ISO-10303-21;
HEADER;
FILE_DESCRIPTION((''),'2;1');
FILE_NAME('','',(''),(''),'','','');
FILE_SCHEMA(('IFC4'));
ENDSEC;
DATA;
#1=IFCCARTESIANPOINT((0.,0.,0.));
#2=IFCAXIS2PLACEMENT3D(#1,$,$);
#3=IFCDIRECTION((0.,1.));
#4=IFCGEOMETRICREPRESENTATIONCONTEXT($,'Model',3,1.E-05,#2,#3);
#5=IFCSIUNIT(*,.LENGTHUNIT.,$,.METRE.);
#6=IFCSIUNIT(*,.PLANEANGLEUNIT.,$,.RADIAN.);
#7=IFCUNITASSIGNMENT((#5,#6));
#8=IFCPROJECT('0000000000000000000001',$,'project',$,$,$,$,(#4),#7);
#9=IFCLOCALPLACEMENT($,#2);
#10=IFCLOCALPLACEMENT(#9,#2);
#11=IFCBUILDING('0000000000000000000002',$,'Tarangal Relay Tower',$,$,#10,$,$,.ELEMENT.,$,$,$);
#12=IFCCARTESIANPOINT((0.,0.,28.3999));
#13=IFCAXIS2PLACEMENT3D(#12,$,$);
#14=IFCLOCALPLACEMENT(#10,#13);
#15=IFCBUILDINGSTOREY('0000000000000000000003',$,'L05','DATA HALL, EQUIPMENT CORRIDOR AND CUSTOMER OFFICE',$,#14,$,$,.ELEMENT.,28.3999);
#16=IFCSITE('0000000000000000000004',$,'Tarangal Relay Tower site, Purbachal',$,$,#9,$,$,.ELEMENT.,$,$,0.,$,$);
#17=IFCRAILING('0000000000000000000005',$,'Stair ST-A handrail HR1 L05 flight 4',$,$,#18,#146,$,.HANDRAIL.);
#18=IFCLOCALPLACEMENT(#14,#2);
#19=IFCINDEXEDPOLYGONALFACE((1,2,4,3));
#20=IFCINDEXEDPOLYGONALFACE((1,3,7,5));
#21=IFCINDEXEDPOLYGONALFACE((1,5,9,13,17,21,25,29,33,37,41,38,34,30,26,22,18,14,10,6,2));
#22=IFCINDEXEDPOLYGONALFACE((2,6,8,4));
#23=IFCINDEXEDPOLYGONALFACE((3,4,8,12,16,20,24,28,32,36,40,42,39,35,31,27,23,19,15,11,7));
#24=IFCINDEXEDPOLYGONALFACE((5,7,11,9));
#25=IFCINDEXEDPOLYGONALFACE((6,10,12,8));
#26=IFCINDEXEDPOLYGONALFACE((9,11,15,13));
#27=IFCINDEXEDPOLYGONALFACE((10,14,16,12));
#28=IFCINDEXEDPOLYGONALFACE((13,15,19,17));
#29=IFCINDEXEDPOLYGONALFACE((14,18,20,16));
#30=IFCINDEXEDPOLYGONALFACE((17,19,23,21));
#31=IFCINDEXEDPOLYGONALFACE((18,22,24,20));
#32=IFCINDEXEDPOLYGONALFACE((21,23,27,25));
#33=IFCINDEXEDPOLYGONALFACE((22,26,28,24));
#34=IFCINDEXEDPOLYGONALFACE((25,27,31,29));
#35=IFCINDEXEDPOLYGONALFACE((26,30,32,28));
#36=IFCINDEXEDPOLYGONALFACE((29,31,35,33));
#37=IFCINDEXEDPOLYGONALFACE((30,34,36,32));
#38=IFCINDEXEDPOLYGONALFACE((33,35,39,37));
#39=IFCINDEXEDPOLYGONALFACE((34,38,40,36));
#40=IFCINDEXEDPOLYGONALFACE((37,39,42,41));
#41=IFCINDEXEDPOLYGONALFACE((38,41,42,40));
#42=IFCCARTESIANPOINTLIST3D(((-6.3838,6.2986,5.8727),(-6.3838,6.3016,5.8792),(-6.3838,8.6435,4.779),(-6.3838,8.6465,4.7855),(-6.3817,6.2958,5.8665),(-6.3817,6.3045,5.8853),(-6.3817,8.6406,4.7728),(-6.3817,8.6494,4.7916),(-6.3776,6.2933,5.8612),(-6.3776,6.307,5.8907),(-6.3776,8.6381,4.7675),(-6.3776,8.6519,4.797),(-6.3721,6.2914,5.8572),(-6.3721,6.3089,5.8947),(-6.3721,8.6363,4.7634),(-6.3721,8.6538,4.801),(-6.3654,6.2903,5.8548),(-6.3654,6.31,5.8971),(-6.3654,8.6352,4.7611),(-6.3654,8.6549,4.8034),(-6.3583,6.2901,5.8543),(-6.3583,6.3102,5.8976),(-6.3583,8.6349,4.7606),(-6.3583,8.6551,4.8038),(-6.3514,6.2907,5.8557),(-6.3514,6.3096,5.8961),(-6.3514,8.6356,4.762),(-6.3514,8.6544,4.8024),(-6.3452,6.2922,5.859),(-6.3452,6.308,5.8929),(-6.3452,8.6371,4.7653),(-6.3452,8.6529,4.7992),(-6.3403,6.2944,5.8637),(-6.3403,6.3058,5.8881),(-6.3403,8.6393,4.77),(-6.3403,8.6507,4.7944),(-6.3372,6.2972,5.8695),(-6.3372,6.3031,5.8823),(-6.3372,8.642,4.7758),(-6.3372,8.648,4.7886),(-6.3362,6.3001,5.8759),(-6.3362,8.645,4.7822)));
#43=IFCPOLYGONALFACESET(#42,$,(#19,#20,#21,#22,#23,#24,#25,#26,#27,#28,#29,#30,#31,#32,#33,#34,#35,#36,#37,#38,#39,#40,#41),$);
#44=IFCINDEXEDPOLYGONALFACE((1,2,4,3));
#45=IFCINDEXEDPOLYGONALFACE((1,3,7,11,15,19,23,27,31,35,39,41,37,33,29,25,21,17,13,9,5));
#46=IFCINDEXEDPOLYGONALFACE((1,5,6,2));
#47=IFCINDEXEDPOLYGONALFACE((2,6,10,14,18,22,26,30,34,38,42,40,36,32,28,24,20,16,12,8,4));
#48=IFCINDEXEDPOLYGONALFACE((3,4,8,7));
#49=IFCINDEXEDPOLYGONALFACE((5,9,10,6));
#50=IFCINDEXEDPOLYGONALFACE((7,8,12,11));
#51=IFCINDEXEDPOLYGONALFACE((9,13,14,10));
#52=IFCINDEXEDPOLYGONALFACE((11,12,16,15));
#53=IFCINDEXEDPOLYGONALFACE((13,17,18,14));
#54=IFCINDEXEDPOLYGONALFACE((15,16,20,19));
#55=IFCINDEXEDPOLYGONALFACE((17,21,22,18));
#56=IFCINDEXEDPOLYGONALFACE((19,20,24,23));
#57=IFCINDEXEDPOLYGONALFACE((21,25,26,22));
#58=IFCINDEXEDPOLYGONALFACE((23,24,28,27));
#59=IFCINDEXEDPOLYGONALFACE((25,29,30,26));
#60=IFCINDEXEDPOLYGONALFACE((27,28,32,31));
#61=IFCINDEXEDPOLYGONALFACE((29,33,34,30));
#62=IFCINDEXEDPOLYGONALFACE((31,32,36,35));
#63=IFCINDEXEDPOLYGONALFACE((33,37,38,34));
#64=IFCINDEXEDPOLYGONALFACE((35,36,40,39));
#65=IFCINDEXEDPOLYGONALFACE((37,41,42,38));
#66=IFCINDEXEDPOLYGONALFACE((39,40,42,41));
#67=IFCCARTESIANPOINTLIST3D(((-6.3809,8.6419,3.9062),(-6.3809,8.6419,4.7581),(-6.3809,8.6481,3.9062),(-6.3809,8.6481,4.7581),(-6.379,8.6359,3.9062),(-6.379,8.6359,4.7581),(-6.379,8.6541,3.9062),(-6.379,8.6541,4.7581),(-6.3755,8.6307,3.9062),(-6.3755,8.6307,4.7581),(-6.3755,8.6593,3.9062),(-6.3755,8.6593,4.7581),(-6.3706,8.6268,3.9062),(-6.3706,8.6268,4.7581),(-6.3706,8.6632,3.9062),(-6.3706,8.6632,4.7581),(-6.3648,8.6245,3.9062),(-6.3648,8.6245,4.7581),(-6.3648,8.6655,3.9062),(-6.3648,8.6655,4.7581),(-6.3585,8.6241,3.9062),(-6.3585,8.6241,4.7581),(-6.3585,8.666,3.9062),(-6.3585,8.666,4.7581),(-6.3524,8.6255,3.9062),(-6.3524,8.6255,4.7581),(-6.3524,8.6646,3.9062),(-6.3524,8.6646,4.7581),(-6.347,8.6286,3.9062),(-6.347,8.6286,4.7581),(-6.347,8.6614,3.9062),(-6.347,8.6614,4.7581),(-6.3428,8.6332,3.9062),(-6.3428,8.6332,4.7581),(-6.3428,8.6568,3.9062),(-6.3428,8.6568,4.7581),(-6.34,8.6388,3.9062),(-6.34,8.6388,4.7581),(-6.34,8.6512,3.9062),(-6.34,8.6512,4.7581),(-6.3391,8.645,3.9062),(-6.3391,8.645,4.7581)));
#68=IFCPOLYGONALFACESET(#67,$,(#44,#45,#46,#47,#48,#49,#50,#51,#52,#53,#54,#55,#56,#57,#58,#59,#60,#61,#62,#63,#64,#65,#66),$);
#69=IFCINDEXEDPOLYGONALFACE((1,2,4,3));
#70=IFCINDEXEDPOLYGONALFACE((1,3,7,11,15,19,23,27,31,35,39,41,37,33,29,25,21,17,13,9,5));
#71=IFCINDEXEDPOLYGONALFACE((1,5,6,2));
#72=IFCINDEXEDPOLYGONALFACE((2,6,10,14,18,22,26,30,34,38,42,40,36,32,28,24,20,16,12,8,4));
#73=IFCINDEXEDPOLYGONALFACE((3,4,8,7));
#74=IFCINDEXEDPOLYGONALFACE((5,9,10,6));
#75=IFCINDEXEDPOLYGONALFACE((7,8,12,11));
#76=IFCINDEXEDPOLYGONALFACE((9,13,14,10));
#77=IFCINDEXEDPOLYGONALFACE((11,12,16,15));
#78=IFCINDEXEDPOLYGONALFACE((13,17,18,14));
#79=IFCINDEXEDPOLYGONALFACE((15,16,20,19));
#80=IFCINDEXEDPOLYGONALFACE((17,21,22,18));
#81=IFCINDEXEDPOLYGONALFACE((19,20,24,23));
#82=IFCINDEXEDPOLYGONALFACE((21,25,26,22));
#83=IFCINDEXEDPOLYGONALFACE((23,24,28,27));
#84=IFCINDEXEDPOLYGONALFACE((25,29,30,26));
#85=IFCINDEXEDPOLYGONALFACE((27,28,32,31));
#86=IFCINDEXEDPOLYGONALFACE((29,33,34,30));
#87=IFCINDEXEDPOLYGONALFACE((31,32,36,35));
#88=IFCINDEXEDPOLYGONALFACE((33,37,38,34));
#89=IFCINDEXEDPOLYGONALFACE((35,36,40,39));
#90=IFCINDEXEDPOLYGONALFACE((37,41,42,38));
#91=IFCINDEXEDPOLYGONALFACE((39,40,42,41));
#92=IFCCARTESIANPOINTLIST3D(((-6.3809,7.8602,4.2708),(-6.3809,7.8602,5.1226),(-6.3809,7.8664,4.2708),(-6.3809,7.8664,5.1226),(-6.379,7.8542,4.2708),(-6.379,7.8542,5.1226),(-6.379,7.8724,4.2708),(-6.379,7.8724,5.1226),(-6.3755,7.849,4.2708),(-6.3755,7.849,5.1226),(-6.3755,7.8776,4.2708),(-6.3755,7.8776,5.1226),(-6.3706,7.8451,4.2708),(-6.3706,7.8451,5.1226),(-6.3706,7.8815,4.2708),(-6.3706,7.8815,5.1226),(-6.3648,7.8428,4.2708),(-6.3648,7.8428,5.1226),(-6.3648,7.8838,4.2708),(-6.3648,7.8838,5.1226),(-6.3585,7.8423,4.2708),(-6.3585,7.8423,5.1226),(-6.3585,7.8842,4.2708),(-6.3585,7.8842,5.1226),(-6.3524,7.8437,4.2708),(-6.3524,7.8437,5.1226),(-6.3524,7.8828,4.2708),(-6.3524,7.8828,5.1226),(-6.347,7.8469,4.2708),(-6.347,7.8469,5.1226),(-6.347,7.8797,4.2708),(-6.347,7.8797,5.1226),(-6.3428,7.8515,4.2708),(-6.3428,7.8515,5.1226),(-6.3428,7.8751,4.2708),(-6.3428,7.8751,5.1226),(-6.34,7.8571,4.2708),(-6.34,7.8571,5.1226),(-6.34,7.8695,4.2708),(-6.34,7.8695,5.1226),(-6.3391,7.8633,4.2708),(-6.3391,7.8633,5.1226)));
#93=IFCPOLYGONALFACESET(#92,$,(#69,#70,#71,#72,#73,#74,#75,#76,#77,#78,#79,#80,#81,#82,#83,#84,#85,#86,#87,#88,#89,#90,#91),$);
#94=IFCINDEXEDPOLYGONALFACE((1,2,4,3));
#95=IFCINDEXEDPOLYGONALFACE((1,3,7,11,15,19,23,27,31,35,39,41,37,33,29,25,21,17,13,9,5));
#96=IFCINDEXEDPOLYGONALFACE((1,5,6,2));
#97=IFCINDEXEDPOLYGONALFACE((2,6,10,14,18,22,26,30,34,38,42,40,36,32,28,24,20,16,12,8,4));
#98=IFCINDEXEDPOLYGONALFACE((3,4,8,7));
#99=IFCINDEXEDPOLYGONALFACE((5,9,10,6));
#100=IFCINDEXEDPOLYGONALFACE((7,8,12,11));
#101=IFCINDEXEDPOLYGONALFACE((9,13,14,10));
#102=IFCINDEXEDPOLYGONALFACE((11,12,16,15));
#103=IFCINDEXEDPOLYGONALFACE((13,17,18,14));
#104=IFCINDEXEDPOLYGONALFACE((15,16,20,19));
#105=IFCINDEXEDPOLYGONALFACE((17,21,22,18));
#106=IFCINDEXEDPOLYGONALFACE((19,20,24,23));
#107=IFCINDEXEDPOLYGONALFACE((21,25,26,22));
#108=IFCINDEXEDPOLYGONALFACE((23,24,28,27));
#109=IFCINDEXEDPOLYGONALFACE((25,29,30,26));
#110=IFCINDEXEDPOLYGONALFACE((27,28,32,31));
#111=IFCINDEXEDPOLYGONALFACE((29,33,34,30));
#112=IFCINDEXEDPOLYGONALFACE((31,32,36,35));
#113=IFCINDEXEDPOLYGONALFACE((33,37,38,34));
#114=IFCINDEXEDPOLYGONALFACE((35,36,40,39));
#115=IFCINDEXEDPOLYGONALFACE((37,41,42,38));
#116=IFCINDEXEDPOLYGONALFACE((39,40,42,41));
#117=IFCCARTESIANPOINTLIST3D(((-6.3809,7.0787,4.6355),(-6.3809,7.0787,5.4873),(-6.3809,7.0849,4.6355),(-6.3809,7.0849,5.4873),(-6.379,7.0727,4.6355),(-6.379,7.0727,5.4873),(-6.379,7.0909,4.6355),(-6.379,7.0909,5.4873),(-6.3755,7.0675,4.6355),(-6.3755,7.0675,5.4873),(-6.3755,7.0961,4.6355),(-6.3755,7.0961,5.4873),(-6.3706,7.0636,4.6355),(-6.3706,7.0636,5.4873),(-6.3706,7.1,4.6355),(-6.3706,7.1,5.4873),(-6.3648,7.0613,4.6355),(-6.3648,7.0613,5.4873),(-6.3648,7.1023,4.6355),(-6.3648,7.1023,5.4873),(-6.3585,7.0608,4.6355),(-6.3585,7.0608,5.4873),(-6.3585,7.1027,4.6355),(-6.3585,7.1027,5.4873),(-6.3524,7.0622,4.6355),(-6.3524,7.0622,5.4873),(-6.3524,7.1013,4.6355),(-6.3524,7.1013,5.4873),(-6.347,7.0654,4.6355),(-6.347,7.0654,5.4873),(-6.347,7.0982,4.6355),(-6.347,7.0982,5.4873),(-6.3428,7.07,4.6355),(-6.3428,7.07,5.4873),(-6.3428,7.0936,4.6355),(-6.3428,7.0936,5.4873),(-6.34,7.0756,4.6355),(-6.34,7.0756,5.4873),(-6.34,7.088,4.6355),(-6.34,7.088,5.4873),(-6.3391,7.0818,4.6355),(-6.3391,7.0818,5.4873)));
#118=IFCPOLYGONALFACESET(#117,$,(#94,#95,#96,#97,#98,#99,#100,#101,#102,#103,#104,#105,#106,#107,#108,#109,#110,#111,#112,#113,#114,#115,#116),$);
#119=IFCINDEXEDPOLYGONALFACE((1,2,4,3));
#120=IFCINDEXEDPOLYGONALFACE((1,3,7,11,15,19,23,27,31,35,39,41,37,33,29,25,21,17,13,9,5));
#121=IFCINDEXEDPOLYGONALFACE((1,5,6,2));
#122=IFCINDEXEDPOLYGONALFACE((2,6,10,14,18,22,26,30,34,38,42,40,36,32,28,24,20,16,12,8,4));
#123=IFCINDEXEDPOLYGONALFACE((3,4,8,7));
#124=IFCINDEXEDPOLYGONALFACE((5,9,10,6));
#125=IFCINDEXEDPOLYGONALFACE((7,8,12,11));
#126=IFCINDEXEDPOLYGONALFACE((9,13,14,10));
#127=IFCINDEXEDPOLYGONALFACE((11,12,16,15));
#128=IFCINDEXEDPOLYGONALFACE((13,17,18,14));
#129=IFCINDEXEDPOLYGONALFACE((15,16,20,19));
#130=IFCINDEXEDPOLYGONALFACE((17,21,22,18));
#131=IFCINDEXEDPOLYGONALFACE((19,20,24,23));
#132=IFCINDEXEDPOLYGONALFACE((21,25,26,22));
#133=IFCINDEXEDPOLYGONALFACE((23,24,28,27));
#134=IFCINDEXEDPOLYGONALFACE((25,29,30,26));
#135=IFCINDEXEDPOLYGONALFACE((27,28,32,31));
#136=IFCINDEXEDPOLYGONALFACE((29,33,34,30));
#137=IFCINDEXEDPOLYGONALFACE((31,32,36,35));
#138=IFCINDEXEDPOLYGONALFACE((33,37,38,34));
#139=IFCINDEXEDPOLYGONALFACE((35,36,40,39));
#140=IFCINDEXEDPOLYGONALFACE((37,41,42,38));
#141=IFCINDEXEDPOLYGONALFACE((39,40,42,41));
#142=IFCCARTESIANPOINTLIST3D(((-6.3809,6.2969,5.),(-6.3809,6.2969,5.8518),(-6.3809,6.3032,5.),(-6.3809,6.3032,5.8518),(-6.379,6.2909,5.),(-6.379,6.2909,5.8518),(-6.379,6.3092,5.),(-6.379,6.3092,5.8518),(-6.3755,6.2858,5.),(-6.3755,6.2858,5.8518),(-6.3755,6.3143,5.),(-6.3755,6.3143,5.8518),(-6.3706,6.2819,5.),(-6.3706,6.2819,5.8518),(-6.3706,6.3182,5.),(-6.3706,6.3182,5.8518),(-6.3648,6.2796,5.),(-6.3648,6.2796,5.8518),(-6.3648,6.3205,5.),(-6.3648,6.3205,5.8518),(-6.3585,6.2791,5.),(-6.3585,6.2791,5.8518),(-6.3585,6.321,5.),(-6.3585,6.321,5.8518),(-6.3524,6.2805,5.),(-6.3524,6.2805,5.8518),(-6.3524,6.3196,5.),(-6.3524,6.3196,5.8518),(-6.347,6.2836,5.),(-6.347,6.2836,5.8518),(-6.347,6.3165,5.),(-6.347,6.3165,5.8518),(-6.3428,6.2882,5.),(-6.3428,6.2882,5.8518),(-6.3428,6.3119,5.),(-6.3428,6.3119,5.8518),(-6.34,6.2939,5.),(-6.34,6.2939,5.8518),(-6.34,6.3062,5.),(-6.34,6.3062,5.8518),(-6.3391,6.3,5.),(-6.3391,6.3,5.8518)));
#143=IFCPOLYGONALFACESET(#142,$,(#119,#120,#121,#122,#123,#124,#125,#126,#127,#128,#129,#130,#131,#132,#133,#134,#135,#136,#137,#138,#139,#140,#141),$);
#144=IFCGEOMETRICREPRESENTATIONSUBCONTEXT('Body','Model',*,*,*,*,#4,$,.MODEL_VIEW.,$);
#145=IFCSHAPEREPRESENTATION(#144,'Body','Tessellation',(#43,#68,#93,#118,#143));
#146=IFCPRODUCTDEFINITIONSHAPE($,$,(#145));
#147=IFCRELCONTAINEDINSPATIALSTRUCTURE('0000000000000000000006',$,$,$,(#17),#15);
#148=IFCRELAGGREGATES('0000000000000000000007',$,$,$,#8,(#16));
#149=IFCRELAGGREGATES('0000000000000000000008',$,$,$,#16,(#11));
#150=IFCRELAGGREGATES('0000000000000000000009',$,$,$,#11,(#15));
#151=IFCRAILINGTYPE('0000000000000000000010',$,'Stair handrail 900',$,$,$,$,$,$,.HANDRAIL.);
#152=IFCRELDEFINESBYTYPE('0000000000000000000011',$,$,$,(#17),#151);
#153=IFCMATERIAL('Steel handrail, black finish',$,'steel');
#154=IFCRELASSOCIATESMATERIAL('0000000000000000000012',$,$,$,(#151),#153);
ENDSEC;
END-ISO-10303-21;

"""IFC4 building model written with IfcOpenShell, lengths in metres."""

from ifc_helpers import new_model, si_unit, direction, frame, origin, origin_2d, place, context, subcontext, project, spatial, circle, extrude, material, type_object, element, save


model = new_model("IFC4")

# Units and contexts
model_context = context("Model", 3, precision=1e-05, world=origin(), true_north=direction((0.0, 1.0)))
body_context = subcontext(model_context, "Body", "Model", "MODEL_VIEW")
ifc_project = project(units=[si_unit("LENGTHUNIT", "METRE"), si_unit("PLANEANGLEUNIT", "RADIAN")], contexts=[model_context])

# Site, building, storey
site_placement = place(None, origin())
site = spatial("IfcSite", under=ifc_project, at=site_placement, Name="Tarangal Relay Tower site, Purbachal", CompositionType="ELEMENT", RefElevation=0.0)
building_placement = place(site_placement, origin())
building = spatial("IfcBuilding", under=site, at=building_placement, Name="Tarangal Relay Tower", CompositionType="ELEMENT")
storey_placement = place(building_placement, frame((0.0, 0.0, 28.3999)))
storey = spatial("IfcBuildingStorey", under=building, at=storey_placement, Name="L05", Description="DATA HALL, EQUIPMENT CORRIDOR AND CUSTOMER OFFICE", CompositionType="ELEMENT", Elevation=28.3999)

# Railing
ifc_material_1 = material(Name="Steel handrail, black finish", Category="steel")
railing_type_1 = type_object("IfcRailingType", Name="Stair handrail 900", PredefinedType="HANDRAIL", material=ifc_material_1)
for number, where, name in (
    (1, (-6.3601, 8.645, 3.9062), "Stair ST-A handrail HR1 L05 flight 4"),
):
    element("IfcRailing", number, at=place(storey_placement, frame(where)), inside=storey, type_object=railing_type_1, Name=name, PredefinedType="HANDRAIL", context=body_context, shape_type="SweptSolid", body=[
        extrude(circle(Radius=0.0239, at=origin_2d()), frame((0.0, 0.0, 0.876), z_axis=(0.0, -0.906267, 0.422705), x_axis=(1.0, 0.0, 0.0)), (0.0, 0.0, 1.0), 2.5874),
        extrude(circle(Radius=0.021, at=origin_2d()), origin(), (0.0, 0.0, 1.0), 0.8518),
        extrude(circle(Radius=0.021, at=origin_2d()), frame((0.0, -0.7817, 0.3645)), (0.0, 0.0, 1.0), 0.8518),
        extrude(circle(Radius=0.021, at=origin_2d()), frame((0.0, -1.5632, 0.7292)), (0.0, 0.0, 1.0), 0.8518),
        extrude(circle(Radius=0.021, at=origin_2d()), frame((0.0, -2.345, 1.0938)), (0.0, 0.0, 1.0), 0.8518),
    ])

save(model, "model.ifc")
